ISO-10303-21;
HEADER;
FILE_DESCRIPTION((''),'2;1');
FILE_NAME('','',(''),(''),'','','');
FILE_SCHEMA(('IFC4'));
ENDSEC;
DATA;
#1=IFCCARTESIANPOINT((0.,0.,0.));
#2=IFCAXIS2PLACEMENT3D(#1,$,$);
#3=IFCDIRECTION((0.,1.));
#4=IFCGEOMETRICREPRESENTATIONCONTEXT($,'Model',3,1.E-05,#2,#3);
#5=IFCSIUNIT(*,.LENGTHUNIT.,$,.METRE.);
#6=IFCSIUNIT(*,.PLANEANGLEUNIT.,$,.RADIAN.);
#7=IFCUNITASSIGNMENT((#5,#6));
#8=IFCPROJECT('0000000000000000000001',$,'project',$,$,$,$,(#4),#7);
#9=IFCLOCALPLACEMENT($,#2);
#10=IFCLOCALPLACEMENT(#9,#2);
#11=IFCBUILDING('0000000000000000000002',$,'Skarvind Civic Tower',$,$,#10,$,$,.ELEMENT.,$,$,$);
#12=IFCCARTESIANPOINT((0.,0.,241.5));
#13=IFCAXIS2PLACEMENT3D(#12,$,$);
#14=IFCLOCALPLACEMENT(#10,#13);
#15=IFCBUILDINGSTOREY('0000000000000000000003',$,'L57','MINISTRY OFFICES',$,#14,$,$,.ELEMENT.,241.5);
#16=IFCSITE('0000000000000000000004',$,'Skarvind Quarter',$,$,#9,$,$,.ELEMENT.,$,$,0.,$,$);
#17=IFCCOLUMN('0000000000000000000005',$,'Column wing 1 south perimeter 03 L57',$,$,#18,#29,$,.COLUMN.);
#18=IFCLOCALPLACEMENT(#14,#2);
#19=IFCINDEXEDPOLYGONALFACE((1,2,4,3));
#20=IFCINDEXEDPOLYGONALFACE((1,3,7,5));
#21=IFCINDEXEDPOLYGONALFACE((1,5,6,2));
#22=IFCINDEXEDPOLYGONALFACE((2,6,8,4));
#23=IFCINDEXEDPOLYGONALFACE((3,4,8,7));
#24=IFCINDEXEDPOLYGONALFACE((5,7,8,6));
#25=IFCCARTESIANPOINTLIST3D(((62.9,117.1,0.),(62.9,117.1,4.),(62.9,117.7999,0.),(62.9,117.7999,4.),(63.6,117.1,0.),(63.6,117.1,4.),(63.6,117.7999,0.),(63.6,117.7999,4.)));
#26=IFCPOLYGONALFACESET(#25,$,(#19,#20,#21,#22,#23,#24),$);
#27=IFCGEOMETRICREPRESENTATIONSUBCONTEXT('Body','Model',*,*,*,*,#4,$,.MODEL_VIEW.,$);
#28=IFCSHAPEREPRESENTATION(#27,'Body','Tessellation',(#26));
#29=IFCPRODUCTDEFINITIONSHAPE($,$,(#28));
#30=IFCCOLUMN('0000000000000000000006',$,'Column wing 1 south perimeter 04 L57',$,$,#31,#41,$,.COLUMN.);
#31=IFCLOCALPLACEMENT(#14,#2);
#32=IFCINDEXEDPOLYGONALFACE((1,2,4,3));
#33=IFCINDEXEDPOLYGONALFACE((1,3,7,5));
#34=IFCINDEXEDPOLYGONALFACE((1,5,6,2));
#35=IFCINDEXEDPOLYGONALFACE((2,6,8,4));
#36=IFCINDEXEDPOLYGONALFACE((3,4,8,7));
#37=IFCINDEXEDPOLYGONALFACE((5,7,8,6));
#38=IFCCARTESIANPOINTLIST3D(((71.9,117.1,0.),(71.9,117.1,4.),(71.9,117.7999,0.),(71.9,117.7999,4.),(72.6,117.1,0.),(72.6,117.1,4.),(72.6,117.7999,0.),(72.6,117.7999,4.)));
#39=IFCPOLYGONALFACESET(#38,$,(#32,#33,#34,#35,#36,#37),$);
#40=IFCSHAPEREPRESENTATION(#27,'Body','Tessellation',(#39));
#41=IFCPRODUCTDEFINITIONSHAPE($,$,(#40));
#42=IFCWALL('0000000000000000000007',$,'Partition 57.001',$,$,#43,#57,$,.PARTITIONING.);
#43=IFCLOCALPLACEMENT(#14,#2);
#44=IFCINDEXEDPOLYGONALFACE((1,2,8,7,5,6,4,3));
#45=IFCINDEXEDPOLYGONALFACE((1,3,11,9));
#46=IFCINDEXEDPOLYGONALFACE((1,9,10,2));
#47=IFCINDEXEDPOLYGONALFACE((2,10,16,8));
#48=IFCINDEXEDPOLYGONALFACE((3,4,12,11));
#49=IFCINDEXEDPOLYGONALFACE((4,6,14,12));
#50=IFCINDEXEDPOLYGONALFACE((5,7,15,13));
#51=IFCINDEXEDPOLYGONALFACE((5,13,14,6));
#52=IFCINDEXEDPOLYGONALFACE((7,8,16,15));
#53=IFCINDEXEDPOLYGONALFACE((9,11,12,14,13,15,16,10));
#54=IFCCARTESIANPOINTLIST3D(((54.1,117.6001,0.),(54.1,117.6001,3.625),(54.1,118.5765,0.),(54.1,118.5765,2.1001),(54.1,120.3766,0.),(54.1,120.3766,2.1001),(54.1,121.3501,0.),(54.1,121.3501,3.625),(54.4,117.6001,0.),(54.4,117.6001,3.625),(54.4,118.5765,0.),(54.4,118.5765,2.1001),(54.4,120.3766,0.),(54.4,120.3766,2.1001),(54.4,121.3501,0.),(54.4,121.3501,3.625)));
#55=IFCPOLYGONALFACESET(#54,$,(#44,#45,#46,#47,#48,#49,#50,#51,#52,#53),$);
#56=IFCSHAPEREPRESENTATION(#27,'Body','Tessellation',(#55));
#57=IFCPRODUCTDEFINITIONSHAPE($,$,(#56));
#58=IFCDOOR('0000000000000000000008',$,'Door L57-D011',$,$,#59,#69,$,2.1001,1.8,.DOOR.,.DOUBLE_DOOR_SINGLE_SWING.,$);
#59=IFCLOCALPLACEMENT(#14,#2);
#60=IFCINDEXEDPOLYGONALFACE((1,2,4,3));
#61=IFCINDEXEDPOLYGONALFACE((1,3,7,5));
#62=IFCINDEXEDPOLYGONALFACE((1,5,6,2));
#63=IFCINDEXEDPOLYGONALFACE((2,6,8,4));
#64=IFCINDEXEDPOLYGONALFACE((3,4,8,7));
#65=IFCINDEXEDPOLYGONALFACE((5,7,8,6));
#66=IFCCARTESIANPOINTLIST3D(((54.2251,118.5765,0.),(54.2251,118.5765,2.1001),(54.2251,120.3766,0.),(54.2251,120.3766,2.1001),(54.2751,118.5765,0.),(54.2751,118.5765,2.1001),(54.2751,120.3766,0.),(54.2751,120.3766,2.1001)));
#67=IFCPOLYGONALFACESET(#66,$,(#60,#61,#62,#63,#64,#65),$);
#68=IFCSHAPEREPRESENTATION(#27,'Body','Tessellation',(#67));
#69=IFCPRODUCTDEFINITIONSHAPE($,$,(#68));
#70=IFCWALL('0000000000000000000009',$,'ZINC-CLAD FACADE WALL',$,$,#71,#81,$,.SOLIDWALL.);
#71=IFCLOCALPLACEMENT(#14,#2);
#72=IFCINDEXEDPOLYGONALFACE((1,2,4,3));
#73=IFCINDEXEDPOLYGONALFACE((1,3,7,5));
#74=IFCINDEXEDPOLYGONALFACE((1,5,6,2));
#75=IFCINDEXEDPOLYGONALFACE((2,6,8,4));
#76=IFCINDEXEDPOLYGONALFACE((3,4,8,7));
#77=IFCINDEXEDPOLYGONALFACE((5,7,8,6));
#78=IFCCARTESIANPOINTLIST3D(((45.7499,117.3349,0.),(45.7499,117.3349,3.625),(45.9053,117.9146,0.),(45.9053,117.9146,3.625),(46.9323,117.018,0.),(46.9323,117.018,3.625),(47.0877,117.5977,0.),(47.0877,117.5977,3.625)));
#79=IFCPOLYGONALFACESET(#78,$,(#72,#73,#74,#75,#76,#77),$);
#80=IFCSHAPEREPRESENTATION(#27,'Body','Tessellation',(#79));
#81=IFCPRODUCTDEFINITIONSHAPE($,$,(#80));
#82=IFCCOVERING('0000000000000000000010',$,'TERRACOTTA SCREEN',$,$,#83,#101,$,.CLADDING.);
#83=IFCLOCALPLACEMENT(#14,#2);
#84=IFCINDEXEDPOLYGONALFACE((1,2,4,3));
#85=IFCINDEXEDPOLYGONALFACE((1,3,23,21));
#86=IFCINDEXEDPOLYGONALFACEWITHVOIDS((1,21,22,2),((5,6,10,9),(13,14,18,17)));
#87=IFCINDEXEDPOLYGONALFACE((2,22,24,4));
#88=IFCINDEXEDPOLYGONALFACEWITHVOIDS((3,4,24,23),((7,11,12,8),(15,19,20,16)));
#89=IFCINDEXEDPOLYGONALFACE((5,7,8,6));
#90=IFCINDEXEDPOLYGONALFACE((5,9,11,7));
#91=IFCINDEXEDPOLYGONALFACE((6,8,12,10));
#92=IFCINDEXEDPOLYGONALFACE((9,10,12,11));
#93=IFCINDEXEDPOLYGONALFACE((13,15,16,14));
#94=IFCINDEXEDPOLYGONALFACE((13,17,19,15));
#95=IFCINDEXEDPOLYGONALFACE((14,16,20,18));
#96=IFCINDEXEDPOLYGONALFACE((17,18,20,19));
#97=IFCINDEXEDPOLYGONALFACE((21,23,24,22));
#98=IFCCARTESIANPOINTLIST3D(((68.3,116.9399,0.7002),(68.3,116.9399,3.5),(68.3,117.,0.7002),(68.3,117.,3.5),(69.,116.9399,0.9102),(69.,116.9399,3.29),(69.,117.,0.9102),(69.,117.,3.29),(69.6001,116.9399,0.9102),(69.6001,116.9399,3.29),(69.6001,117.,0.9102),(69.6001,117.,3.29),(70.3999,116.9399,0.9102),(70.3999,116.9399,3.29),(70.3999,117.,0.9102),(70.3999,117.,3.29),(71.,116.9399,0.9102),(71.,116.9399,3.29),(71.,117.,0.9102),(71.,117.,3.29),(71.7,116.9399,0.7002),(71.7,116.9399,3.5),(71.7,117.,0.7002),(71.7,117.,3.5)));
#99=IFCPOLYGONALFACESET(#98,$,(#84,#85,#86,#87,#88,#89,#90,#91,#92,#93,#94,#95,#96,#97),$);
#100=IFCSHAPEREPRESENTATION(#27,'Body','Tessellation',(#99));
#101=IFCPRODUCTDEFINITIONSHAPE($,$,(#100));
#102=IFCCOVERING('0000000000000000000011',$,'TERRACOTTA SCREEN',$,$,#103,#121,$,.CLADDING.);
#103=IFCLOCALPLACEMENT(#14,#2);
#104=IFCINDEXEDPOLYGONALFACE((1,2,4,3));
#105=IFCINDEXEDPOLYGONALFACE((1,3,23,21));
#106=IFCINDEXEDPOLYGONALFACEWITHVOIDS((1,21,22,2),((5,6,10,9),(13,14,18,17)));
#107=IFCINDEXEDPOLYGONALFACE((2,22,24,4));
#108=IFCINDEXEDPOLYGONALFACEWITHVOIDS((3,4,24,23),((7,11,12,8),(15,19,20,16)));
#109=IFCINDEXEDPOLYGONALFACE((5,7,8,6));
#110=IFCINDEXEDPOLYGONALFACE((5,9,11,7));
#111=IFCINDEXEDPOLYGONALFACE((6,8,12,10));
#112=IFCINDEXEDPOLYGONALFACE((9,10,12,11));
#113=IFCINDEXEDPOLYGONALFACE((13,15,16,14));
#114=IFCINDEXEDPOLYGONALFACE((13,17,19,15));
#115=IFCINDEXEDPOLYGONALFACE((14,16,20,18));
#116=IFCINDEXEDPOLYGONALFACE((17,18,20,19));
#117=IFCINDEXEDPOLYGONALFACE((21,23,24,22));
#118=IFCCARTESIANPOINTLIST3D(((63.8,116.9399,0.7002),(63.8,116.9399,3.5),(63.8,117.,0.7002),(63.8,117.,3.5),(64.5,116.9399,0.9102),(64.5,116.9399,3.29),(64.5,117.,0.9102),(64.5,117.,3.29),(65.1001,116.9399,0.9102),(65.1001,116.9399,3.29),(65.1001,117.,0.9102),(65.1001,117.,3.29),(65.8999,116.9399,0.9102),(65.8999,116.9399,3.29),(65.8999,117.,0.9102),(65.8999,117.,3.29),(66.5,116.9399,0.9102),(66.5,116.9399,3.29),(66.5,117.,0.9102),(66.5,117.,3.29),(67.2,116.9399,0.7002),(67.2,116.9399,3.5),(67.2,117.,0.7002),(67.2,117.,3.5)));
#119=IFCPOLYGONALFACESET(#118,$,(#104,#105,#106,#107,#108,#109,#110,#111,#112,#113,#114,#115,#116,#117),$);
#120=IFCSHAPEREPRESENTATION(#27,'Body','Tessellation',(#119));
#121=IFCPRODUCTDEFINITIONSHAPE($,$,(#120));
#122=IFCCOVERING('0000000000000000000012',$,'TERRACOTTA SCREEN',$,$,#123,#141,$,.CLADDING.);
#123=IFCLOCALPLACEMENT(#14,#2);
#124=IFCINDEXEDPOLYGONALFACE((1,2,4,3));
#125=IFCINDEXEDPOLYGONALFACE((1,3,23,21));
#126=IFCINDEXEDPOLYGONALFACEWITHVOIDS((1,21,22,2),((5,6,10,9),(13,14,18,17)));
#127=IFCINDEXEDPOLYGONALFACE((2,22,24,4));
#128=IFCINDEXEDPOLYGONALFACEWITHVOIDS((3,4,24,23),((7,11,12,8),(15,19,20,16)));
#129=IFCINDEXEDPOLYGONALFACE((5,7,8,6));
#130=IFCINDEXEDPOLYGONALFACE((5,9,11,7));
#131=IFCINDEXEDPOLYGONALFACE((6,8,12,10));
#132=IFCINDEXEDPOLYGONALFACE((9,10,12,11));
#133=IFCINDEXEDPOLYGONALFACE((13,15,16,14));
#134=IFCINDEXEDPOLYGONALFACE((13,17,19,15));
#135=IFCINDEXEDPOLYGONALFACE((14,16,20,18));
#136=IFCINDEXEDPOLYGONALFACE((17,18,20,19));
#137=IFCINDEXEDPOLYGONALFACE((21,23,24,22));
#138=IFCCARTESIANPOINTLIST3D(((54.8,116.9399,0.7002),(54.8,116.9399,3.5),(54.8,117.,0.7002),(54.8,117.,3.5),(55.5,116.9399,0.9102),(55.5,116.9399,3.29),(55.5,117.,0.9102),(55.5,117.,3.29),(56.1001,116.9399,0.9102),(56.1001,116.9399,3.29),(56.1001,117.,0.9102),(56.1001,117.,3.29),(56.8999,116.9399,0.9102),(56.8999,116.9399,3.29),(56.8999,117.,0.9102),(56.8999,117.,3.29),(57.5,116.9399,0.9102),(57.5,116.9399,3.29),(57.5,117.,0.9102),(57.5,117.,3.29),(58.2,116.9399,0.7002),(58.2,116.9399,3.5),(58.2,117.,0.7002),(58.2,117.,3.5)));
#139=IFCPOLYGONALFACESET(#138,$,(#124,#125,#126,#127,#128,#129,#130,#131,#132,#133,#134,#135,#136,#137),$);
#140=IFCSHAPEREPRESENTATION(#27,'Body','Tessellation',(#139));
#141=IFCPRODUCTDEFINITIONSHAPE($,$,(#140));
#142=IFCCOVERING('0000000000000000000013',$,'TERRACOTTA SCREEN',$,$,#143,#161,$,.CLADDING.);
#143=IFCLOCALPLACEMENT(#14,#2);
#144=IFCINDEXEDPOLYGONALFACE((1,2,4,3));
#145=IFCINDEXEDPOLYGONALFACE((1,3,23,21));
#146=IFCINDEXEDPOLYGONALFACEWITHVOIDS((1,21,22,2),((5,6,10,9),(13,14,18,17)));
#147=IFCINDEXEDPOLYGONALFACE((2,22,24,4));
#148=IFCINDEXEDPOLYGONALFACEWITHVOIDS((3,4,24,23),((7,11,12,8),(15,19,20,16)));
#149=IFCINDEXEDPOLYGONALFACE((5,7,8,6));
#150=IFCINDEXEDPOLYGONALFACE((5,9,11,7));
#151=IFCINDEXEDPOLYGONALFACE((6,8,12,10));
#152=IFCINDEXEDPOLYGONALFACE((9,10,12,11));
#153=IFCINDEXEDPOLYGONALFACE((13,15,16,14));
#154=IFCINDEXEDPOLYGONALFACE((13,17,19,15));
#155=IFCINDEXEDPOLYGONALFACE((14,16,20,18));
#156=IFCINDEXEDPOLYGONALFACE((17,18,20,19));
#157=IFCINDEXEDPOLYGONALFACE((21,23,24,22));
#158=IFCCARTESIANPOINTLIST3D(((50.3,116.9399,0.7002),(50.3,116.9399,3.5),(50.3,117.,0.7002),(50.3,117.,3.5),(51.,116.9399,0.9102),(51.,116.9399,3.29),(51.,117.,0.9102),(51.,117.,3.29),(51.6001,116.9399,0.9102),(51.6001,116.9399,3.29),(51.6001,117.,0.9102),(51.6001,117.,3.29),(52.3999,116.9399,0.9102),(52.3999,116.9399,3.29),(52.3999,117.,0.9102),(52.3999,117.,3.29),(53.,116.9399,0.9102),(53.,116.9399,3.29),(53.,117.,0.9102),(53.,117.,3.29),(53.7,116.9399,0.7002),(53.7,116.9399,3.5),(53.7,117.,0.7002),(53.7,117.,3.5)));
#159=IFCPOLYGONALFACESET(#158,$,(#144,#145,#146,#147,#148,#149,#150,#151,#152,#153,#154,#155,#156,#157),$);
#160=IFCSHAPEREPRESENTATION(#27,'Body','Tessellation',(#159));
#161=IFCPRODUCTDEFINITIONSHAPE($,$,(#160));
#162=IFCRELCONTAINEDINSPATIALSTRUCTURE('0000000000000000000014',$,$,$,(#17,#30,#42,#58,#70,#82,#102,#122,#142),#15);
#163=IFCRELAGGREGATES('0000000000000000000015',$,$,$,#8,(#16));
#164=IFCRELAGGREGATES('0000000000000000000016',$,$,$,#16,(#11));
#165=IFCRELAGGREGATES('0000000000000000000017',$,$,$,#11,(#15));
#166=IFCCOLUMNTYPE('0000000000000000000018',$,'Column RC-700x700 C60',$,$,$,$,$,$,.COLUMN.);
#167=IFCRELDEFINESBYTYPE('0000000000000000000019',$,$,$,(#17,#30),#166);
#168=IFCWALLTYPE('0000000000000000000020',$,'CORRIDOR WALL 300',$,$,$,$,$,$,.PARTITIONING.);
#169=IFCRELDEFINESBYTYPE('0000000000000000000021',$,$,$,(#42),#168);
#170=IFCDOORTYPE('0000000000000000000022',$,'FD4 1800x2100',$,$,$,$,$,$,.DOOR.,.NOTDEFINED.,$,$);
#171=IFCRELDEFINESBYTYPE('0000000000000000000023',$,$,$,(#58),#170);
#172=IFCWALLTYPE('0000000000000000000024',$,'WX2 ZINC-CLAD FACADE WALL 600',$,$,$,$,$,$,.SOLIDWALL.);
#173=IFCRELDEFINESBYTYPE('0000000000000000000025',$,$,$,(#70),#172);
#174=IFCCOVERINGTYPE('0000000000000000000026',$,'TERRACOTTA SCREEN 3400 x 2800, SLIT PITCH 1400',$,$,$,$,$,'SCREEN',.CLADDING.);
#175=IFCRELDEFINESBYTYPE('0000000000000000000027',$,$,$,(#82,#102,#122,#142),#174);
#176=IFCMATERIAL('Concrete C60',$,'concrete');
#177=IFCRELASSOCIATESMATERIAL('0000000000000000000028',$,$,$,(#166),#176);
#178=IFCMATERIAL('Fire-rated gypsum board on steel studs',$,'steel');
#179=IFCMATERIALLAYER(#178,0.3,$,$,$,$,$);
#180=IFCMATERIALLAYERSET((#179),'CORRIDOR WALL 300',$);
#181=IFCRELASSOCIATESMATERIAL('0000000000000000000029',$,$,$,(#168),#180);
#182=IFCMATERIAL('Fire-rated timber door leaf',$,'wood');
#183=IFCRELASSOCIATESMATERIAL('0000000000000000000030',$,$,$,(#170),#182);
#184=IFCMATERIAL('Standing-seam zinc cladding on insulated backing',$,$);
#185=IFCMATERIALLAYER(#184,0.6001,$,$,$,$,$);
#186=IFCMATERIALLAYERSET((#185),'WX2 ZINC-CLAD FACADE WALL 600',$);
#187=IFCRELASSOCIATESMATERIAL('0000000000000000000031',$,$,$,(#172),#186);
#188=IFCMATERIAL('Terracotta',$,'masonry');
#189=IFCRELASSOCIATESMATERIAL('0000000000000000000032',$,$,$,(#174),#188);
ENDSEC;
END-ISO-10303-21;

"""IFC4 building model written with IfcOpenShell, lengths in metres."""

from ifc_helpers import new_model, si_unit, direction, frame, frame_2d, origin, origin_2d, place, context, subcontext, project, spatial, polyline, rectangle, outline, extrude, material, layer, layer_set, material_profile, profile_set, type_object, element, fill, save


model = new_model("IFC4")

# Units and contexts
model_context = context("Model", 3, precision=1e-05, world=origin(), true_north=direction((0.0, 1.0)))
body_context = subcontext(model_context, "Body", "Model", "MODEL_VIEW")
ifc_project = project(units=[si_unit("LENGTHUNIT", "METRE"), si_unit("PLANEANGLEUNIT", "RADIAN")], contexts=[model_context])

# Site, building, storey
site_placement = place(None, origin())
site = spatial("IfcSite", under=ifc_project, at=site_placement, Name="Skarvind Quarter", CompositionType="ELEMENT", RefElevation=0.0)
building_placement = place(site_placement, origin())
building = spatial("IfcBuilding", under=site, at=building_placement, Name="Skarvind Civic Tower", CompositionType="ELEMENT")
storey_placement = place(building_placement, frame((0.0, 0.0, 241.5)))
storey = spatial("IfcBuildingStorey", under=building, at=storey_placement, Name="L57", Description="MINISTRY OFFICES", CompositionType="ELEMENT", Elevation=241.5)

# Columns
ifc_material_1 = material(Name="Concrete C60", Category="concrete")
ifc_material_profile_1 = material_profile(ifc_material_1, rectangle(XDim=0.7, YDim=0.7, at=origin_2d()), Name="RC-700x700")
ifc_profile_set_1 = profile_set([ifc_material_profile_1], Name="Concrete C60")
column_type = type_object("IfcColumnType", Name="Column RC-700x700 C60", PredefinedType="COLUMN", material=ifc_profile_set_1)
for number, where, z_axis, x_axis, name in (
    (1, (63.25, 117.45, 0.0), (0.0, 0.0, 1.0), (1.0, 0.0, 0.0), "Column wing 1 south perimeter 03 L57"),
    (2, (72.25, 117.45, 0.0), (0.0, 0.0, 1.0), (1.0, 0.0, 0.0), "Column wing 1 south perimeter 04 L57"),
):
    element("IfcColumn", number, at=place(storey_placement, frame(where, z_axis=z_axis, x_axis=x_axis)), inside=storey, type_object=column_type, Name=name, PredefinedType="COLUMN", context=body_context, shape_type="SweptSolid", body=[
        extrude(rectangle(XDim=0.7, YDim=0.7, at=origin_2d()), origin(), (0.0, 0.0, 1.0), 4.0),
    ])

# Wall, opening, door
ifc_material_2 = material(Name="Fire-rated gypsum board on steel studs", Category="steel")
ifc_layer_1 = layer(ifc_material_2, 0.3)
ifc_layer_set_1 = layer_set([ifc_layer_1], Name="CORRIDOR WALL 300")
wall_type_1 = type_object("IfcWallType", Name="CORRIDOR WALL 300", PredefinedType="PARTITIONING", material=ifc_layer_set_1)
wall_1_placement = place(storey_placement, frame((54.25, 117.6001, 0.0), z_axis=(0.0, 0.0, 1.0), x_axis=(0.0, 1.0, 0.0)))
wall_1 = element("IfcWall", 3, at=wall_1_placement, inside=storey, type_object=wall_type_1, Name="Partition 57.001", PredefinedType="PARTITIONING", context=body_context, shape_type="SweptSolid", body=[
    extrude(rectangle(XDim=3.75, YDim=0.3, at=frame_2d((1.875, 0.0))), origin(), (0.0, 0.0, 1.0), 3.625),
])
opening_placement = place(wall_1_placement, frame((0.9766, 0.0, 0.0)))
opening = element("IfcOpeningElement", 4, at=opening_placement, cuts=wall_1, PredefinedType="OPENING", context=body_context, shape_type="SweptSolid", body=[
    extrude(rectangle(XDim=1.8, YDim=2.1001, at=frame_2d((0.8999, 1.05))), frame((0.0, 0.1599, 0.0), z_axis=(0.0, -1.0, 0.0), x_axis=(1.0, 0.0, 0.0)), (0.0, 0.0, 1.0), 0.3201),
])
ifc_material_3 = material(Name="Fire-rated timber door leaf", Category="wood")
door_type = type_object("IfcDoorType", Name="FD4 1800x2100", OperationType="NOTDEFINED", PredefinedType="DOOR", material=ifc_material_3)
door_placement = place(opening_placement, origin())
door = element("IfcDoor", 5, at=door_placement, inside=storey, type_object=door_type, Name="Door L57-D011", OperationType="DOUBLE_DOOR_SINGLE_SWING", OverallHeight=2.1001, OverallWidth=1.8, PredefinedType="DOOR", context=body_context, shape_type="SweptSolid", body=[
    extrude(rectangle(XDim=1.8, YDim=2.1001, at=frame_2d((0.8999, 1.05))), frame((0.0, 0.0249, 0.0), z_axis=(0.0, -1.0, 0.0), x_axis=(1.0, 0.0, 0.0)), (0.0, 0.0, 1.0), 0.05),
])
fill(opening, door)

# Wall
ifc_material_4 = material(Name="Standing-seam zinc cladding on insulated backing")
ifc_layer_2 = layer(ifc_material_4, 0.6001)
ifc_layer_set_2 = layer_set([ifc_layer_2], Name="WX2 ZINC-CLAD FACADE WALL 600")
wall_type_2 = type_object("IfcWallType", Name="WX2 ZINC-CLAD FACADE WALL 600", PredefinedType="SOLIDWALL", material=ifc_layer_set_2)
wall_2_placement = place(storey_placement, frame((47.01, 117.3079, 0.0), z_axis=(0.0, 0.0, 1.0), x_axis=(-0.96591, 0.258879, 0.0)))
element("IfcWall", 6, at=wall_2_placement, inside=storey, type_object=wall_type_2, Name="ZINC-CLAD FACADE WALL", PredefinedType="SOLIDWALL", context=body_context, shape_type="SweptSolid", body=[
    extrude(rectangle(XDim=1.2241, YDim=0.6001, at=frame_2d((0.6121, 0.0))), origin(), (0.0, 0.0, 1.0), 3.625),
])

# Coverings
ifc_material_5 = material(Name="Terracotta", Category="masonry")
ifc_material_profile_2 = material_profile(ifc_material_5, outline(polyline([(-1.7, -1.3999), (1.7, -1.3999), (1.7, 1.3999), (-1.7, 1.3999), (-1.7, -1.3999)]), holes=[polyline([(-1.0, -1.1899), (-0.3999, -1.1899), (-0.3999, 1.1899), (-1.0, 1.1899), (-1.0, -1.1899)]), polyline([(0.3999, -1.1899), (1.0, -1.1899), (1.0, 1.1899), (0.3999, 1.1899), (0.3999, -1.1899)])]), Name="TERRACOTTA SCREEN 3400 x 2800, SLIT PITCH 1400")
ifc_profile_set_2 = profile_set([ifc_material_profile_2], Name="Terracotta")
covering_type = type_object("IfcCoveringType", Name="TERRACOTTA SCREEN 3400 x 2800, SLIT PITCH 1400", ElementType="SCREEN", PredefinedType="CLADDING", material=ifc_profile_set_2)
for number, where, z_axis, x_axis, name in (
    (7, (70.0, 117.0, 2.1001), (0.0, -1.0, 0.0), (1.0, 0.0, 0.0), "TERRACOTTA SCREEN"),
    (8, (65.5, 117.0, 2.1001), (0.0, -1.0, 0.0), (1.0, 0.0, 0.0), "TERRACOTTA SCREEN"),
    (9, (56.5, 117.0, 2.1001), (0.0, -1.0, 0.0), (1.0, 0.0, 0.0), "TERRACOTTA SCREEN"),
    (10, (52.0, 117.0, 2.1001), (0.0, -1.0, 0.0), (1.0, 0.0, 0.0), "TERRACOTTA SCREEN"),
):
    element("IfcCovering", number, at=place(storey_placement, frame(where, z_axis=z_axis, x_axis=x_axis)), inside=storey, type_object=covering_type, Name=name, PredefinedType="CLADDING", context=body_context, shape_type="SweptSolid", body=[
        extrude(outline(polyline([(-1.7, -1.3999), (1.7, -1.3999), (1.7, 1.3999), (-1.7, 1.3999), (-1.7, -1.3999)]), holes=[polyline([(-1.0, -1.1899), (-0.3999, -1.1899), (-0.3999, 1.1899), (-1.0, 1.1899), (-1.0, -1.1899)]), polyline([(0.3999, -1.1899), (1.0, -1.1899), (1.0, 1.1899), (0.3999, 1.1899), (0.3999, -1.1899)])]), origin(), (0.0, 0.0, 1.0), 0.0601),
    ])

save(model, "model.ifc")
